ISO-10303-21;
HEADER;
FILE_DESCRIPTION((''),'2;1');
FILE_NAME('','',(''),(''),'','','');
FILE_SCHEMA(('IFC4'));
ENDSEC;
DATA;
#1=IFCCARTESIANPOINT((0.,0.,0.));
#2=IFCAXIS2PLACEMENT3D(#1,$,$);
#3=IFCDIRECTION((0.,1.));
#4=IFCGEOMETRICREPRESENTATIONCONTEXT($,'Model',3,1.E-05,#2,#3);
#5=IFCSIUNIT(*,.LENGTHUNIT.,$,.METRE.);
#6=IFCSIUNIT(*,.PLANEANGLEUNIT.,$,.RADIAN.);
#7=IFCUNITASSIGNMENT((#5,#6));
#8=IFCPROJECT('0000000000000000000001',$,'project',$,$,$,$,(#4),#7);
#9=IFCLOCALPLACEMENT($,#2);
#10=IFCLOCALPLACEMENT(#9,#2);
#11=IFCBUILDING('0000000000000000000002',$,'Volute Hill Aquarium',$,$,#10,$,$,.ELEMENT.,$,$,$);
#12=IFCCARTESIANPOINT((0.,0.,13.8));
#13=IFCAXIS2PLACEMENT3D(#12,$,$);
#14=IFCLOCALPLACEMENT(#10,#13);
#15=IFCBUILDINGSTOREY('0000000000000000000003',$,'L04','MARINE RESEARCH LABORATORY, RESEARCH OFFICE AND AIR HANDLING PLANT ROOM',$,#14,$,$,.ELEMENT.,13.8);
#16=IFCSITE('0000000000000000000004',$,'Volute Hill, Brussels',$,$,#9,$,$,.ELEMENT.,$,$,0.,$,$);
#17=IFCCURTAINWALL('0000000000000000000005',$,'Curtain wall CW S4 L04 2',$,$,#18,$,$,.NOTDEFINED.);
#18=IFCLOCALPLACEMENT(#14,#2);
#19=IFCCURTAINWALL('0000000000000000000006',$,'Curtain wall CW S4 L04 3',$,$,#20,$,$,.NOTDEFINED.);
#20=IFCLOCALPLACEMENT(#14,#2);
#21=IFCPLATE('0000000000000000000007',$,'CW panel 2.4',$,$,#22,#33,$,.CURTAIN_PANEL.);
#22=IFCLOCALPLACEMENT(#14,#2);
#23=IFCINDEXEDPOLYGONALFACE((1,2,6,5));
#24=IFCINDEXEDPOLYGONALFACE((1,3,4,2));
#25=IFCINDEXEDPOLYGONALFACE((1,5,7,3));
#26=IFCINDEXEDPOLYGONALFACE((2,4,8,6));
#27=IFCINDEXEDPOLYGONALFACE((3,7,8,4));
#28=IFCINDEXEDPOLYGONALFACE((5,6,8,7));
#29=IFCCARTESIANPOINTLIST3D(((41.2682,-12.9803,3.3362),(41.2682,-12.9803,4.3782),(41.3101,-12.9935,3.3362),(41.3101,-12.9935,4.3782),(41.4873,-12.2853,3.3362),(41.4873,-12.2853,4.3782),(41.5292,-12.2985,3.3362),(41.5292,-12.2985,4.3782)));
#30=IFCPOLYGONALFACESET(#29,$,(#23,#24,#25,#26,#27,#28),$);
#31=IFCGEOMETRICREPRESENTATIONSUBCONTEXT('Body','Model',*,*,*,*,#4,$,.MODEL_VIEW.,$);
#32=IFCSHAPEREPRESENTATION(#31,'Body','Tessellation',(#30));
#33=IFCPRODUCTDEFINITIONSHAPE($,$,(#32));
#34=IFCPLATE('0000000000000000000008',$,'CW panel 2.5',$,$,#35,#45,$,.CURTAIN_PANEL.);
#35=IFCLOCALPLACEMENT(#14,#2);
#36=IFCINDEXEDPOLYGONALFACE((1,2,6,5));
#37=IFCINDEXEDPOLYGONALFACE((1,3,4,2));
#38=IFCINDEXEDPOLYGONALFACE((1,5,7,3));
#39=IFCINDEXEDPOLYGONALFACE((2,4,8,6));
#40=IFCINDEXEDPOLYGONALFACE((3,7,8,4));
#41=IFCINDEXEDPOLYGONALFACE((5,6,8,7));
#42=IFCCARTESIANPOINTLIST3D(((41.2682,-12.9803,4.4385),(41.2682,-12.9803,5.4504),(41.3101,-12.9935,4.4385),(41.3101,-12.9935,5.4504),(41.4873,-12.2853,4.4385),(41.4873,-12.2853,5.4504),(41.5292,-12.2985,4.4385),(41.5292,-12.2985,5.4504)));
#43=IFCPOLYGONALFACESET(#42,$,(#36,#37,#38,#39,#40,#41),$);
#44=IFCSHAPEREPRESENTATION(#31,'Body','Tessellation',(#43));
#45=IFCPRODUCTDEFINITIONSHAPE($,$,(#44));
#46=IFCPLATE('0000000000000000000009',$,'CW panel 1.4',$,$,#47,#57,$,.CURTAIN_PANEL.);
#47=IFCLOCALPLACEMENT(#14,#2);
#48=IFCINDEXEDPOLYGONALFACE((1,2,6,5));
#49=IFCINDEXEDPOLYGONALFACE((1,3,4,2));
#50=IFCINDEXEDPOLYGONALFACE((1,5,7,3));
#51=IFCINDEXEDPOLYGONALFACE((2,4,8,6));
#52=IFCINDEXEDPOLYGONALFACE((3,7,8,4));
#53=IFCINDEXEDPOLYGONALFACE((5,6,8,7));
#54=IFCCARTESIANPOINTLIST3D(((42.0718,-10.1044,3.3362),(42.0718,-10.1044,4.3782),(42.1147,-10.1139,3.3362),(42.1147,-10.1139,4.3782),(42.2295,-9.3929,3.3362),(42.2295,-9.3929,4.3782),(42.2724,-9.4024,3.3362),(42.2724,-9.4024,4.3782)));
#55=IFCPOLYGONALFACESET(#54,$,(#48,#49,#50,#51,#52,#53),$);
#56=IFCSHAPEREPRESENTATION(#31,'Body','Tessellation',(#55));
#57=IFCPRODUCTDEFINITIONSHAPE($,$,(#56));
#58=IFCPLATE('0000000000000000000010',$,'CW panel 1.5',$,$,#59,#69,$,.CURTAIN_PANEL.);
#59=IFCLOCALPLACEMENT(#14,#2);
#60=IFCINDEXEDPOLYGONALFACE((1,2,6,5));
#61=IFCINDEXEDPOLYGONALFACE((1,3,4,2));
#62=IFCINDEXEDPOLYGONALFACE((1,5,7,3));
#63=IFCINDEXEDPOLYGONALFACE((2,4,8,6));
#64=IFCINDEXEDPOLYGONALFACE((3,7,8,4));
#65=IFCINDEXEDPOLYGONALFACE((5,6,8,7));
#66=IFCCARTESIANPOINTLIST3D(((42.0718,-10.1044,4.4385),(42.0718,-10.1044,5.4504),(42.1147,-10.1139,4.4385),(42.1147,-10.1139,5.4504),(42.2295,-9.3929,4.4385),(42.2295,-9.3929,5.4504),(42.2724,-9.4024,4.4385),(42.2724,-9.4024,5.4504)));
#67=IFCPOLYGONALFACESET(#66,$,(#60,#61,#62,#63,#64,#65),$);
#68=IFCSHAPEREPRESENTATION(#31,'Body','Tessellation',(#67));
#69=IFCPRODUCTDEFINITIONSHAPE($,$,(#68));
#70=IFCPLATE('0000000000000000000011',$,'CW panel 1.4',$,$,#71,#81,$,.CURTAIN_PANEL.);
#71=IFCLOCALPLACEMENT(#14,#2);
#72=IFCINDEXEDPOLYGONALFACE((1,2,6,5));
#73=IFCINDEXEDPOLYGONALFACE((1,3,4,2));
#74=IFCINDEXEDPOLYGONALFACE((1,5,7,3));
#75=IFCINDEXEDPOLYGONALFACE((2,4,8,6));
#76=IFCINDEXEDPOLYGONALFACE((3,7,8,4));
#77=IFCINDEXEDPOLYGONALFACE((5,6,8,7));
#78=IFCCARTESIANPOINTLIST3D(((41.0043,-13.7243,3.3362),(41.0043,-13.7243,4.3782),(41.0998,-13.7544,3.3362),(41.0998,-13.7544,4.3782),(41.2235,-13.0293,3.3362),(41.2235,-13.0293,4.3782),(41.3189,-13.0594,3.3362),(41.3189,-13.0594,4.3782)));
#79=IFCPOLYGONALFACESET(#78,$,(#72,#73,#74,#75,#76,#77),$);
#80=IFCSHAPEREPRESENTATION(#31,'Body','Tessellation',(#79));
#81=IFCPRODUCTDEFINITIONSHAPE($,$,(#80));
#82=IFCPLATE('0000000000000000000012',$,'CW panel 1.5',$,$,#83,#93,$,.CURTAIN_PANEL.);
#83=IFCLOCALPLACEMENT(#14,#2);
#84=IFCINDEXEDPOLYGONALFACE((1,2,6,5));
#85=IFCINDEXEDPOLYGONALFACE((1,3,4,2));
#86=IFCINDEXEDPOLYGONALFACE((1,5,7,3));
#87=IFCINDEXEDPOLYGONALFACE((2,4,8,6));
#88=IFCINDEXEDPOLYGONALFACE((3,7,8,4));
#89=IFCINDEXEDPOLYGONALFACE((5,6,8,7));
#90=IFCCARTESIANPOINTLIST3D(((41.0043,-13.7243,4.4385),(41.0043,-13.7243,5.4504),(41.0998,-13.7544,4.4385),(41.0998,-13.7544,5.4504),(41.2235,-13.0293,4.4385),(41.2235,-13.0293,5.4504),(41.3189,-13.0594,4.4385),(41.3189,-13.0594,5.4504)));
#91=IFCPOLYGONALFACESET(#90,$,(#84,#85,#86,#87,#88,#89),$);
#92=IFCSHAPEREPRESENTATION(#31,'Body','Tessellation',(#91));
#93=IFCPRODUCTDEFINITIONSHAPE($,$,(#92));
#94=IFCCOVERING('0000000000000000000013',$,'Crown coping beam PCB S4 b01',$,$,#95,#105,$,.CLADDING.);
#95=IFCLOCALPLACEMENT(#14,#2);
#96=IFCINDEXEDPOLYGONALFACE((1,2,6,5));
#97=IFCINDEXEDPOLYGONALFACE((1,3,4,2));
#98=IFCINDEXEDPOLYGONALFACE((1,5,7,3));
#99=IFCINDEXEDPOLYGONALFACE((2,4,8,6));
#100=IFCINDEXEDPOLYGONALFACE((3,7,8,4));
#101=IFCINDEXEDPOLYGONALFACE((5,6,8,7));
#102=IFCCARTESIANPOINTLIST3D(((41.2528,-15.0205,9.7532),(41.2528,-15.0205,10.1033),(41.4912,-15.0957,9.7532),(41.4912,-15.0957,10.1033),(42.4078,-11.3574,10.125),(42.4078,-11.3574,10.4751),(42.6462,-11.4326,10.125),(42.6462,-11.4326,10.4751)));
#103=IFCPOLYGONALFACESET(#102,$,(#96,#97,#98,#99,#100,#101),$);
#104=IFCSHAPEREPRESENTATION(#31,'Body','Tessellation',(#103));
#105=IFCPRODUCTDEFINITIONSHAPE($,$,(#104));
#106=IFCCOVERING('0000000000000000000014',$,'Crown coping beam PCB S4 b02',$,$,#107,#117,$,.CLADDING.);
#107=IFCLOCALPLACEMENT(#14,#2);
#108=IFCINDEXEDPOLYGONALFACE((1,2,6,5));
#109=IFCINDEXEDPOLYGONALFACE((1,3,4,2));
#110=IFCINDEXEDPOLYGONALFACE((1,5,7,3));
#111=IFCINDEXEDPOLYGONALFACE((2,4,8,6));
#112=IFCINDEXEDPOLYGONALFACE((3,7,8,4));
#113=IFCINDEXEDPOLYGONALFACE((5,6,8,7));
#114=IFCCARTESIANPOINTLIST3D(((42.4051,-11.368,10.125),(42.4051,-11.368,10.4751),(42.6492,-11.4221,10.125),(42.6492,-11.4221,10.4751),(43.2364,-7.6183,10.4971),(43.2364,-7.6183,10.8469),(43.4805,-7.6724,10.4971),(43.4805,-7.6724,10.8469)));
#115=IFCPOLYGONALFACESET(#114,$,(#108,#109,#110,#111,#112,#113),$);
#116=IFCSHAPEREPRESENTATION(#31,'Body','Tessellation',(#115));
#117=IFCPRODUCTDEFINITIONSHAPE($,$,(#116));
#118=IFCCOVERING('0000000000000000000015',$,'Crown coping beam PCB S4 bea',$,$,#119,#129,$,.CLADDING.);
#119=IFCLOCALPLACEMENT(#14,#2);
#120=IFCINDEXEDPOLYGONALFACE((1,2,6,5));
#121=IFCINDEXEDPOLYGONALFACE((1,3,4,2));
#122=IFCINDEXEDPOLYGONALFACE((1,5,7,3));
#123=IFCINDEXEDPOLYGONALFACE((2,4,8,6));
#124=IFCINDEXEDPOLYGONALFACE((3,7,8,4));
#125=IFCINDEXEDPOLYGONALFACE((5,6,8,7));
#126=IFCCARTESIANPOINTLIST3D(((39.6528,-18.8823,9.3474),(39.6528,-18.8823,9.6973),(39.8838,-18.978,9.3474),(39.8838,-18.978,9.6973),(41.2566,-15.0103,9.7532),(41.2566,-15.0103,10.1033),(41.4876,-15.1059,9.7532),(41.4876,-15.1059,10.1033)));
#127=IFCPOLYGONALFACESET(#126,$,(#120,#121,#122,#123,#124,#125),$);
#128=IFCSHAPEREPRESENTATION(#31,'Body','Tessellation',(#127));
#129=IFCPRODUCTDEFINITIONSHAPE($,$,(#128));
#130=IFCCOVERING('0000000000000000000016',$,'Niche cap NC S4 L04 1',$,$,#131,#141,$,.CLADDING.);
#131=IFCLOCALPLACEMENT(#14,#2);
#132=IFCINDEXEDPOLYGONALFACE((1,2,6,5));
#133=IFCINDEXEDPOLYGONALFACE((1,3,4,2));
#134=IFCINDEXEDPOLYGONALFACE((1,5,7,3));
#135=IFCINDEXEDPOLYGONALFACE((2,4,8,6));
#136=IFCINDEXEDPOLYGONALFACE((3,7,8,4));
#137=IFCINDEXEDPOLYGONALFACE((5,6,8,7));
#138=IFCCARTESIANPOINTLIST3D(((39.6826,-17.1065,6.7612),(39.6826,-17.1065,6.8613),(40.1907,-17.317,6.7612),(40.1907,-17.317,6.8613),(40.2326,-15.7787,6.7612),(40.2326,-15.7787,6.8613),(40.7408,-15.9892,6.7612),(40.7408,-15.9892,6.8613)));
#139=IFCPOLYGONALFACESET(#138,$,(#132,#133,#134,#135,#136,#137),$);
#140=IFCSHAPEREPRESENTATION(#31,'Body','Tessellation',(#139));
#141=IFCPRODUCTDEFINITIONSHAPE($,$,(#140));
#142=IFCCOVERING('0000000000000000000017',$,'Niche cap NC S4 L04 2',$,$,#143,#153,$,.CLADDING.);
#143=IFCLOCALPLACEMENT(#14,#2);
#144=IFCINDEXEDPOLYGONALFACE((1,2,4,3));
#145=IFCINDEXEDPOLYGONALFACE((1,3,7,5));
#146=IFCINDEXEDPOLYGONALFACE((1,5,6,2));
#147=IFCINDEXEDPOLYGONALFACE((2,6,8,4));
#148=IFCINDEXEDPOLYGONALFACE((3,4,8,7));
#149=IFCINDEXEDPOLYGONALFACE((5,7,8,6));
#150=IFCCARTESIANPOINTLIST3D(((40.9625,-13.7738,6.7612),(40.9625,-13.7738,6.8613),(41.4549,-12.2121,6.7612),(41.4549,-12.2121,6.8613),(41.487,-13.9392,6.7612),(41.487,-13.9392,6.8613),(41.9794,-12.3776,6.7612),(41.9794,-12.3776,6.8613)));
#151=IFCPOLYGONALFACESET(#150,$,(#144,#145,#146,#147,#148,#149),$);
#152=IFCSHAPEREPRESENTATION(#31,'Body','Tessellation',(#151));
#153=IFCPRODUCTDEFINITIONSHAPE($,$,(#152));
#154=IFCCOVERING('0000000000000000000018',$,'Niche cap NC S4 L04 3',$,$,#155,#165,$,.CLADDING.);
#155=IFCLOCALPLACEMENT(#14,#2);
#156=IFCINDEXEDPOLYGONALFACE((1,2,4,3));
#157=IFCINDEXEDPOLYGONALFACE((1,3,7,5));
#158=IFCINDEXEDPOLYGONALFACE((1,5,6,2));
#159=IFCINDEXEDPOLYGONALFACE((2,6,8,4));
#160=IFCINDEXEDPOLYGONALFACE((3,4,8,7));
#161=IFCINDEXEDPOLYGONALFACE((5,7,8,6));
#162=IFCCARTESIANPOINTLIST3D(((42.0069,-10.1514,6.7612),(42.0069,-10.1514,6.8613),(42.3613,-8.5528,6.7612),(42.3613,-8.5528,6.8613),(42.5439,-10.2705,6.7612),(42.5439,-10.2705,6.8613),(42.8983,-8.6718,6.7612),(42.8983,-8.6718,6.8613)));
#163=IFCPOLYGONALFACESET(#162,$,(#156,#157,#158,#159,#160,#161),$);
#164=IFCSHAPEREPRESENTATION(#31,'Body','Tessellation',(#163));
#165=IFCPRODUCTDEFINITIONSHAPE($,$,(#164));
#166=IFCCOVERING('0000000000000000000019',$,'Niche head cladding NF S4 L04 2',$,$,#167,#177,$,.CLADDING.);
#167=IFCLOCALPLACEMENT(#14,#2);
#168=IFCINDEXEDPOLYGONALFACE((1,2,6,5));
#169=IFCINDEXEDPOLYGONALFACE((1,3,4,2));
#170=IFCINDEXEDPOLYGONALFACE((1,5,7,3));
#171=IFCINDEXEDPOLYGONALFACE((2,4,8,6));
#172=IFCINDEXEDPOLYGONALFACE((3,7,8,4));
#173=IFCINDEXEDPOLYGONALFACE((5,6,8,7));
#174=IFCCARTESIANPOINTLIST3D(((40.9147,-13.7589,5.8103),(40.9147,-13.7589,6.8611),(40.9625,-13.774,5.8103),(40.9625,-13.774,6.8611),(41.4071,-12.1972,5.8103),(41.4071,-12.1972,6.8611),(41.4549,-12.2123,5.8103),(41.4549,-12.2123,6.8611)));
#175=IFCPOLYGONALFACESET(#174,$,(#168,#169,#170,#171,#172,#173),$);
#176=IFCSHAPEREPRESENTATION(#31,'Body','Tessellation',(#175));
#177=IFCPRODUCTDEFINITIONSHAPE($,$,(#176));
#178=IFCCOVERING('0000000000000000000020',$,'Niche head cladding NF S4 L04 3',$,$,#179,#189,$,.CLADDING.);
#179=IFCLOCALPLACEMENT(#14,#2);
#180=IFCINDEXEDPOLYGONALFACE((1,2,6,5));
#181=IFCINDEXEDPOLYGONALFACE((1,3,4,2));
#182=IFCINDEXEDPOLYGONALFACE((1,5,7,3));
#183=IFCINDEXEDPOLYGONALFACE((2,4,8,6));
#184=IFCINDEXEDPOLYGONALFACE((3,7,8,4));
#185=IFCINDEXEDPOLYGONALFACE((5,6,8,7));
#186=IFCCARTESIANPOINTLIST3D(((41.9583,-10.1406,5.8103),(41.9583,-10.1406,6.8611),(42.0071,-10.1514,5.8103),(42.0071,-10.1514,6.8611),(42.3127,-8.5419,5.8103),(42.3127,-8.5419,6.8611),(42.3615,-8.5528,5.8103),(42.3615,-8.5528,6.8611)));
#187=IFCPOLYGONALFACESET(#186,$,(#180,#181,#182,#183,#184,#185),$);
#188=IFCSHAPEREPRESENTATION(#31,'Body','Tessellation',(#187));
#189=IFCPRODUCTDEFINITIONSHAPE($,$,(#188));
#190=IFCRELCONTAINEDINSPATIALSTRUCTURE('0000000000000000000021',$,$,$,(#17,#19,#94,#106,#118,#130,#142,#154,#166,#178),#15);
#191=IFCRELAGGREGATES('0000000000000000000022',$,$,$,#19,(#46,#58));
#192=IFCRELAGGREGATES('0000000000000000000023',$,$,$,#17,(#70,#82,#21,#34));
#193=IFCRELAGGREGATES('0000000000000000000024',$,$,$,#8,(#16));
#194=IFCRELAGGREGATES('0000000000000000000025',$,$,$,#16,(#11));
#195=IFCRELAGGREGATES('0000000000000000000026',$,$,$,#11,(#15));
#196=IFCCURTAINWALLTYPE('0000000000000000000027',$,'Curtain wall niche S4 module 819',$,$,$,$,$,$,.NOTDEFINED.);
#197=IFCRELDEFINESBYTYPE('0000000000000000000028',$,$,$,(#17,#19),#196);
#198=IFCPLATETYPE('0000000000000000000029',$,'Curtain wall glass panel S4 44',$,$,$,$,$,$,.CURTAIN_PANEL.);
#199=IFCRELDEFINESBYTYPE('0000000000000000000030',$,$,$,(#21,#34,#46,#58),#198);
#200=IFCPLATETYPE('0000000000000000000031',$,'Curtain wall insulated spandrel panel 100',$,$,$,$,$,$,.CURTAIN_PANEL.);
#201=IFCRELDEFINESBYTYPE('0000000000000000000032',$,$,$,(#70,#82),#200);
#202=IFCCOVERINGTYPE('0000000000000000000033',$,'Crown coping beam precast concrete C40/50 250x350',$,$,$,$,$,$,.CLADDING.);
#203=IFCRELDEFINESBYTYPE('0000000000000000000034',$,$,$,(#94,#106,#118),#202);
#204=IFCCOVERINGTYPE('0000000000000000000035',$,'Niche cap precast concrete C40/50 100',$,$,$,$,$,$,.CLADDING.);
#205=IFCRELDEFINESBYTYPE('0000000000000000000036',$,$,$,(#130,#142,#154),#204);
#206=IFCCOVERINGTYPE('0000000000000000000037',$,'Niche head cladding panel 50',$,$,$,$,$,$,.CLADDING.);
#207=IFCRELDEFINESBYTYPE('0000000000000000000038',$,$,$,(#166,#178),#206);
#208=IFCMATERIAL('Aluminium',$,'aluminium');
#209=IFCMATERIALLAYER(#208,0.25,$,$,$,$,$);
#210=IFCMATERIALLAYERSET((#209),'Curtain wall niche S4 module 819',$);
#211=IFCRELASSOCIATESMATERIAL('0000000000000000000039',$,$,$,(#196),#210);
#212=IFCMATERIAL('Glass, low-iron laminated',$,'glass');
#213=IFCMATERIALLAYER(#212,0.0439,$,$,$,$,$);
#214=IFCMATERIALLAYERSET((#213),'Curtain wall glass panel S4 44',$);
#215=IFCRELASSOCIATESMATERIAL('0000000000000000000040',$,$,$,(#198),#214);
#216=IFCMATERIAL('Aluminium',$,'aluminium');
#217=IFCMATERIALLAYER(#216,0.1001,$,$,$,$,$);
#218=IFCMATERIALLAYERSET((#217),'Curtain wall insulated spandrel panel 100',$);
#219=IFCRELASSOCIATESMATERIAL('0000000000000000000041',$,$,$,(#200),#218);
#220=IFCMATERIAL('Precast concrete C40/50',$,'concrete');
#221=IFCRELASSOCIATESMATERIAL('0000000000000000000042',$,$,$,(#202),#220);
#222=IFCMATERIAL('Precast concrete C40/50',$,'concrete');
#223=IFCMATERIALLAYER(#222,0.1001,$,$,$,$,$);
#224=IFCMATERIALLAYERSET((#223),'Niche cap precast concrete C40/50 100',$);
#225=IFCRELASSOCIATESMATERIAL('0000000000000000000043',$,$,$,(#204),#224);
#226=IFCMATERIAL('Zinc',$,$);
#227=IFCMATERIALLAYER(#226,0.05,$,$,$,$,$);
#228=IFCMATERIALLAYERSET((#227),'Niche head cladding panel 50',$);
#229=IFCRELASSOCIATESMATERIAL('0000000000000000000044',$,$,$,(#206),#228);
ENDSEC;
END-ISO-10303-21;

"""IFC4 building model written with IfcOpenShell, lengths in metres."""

from ifc_helpers import new_model, si_unit, direction, frame, origin, origin_2d, place, context, subcontext, project, spatial, polyline, rectangle, outline, extrude, material, layer, layer_set, type_object, element, aggregate, save


model = new_model("IFC4")

# Units and contexts
model_context = context("Model", 3, precision=1e-05, world=origin(), true_north=direction((0.0, 1.0)))
body_context = subcontext(model_context, "Body", "Model", "MODEL_VIEW")
ifc_project = project(units=[si_unit("LENGTHUNIT", "METRE"), si_unit("PLANEANGLEUNIT", "RADIAN")], contexts=[model_context])

# Site, building, storey
site_placement = place(None, origin())
site = spatial("IfcSite", under=ifc_project, at=site_placement, Name="Volute Hill, Brussels", CompositionType="ELEMENT", RefElevation=0.0)
building_placement = place(site_placement, origin())
building = spatial("IfcBuilding", under=site, at=building_placement, Name="Volute Hill Aquarium", CompositionType="ELEMENT")
storey_placement = place(building_placement, frame((0.0, 0.0, 13.8)))
storey = spatial("IfcBuildingStorey", under=building, at=storey_placement, Name="L04", Description="MARINE RESEARCH LABORATORY, RESEARCH OFFICE AND AIR HANDLING PLANT ROOM", CompositionType="ELEMENT", Elevation=13.8)

# Curtain walls
ifc_material_1 = material(Name="Aluminium", Category="aluminium")
ifc_layer_1 = layer(ifc_material_1, 0.25)
ifc_layer_set_1 = layer_set([ifc_layer_1], Name="Curtain wall niche S4 module 819")
curtain_wall_type_1 = type_object("IfcCurtainWallType", Name="Curtain wall niche S4 module 819", PredefinedType="NOTDEFINED", material=ifc_layer_set_1)
curtain_wall_1_placement = place(storey_placement, origin())
curtain_wall_1 = element("IfcCurtainWall", 1, at=curtain_wall_1_placement, inside=storey, type_object=curtain_wall_type_1, Name="Curtain wall CW S4 L04 2", PredefinedType="NOTDEFINED")
curtain_wall_2_placement = place(storey_placement, origin())
curtain_wall_2 = element("IfcCurtainWall", 2, at=curtain_wall_2_placement, inside=storey, type_object=curtain_wall_type_1, Name="Curtain wall CW S4 L04 3", PredefinedType="NOTDEFINED")

# Shared definitions
ifc_material_2 = material(Name="Glass, low-iron laminated", Category="glass")
ifc_layer_2 = layer(ifc_material_2, 0.0439)
ifc_layer_set_2 = layer_set([ifc_layer_2], Name="Curtain wall glass panel S4 44")
plate_type_1 = type_object("IfcPlateType", Name="Curtain wall glass panel S4 44", PredefinedType="CURTAIN_PANEL", material=ifc_layer_set_2)

# Plates
plate_1_placement = place(storey_placement, frame((41.3987, -12.6394, 3.3362), z_axis=(0.0, 0.0, 1.0), x_axis=(0.30071, 0.953716, 0.0)))
plate_1 = element("IfcPlate", 3, at=plate_1_placement, type_object=plate_type_1, Name="CW panel 2.4", PredefinedType="CURTAIN_PANEL", context=body_context, shape_type="SweptSolid", body=[
    extrude(rectangle(XDim=0.7288, YDim=0.0439, at=origin_2d()), origin(), (0.0, 0.0, 1.0), 1.042),
])
plate_2_placement = place(storey_placement, frame((41.3987, -12.6394, 4.4385), z_axis=(0.0, 0.0, 1.0), x_axis=(0.30071, 0.953716, 0.0)))
plate_2 = element("IfcPlate", 4, at=plate_2_placement, type_object=plate_type_1, Name="CW panel 2.5", PredefinedType="CURTAIN_PANEL", context=body_context, shape_type="SweptSolid", body=[
    extrude(rectangle(XDim=0.7288, YDim=0.0439, at=origin_2d()), origin(), (0.0, 0.0, 1.0), 1.012),
])
plate_3_placement = place(storey_placement, frame((42.1721, -9.7534, 3.3362), z_axis=(0.0, 0.0, 1.0), x_axis=(0.216432, 0.976298, 0.0)))
plate_3 = element("IfcPlate", 5, at=plate_3_placement, type_object=plate_type_1, Name="CW panel 1.4", PredefinedType="CURTAIN_PANEL", context=body_context, shape_type="SweptSolid", body=[
    extrude(rectangle(XDim=0.7288, YDim=0.0439, at=origin_2d()), origin(), (0.0, 0.0, 1.0), 1.042),
])
plate_4_placement = place(storey_placement, frame((42.1721, -9.7534, 4.4385), z_axis=(0.0, 0.0, 1.0), x_axis=(0.216432, 0.976298, 0.0)))
plate_4 = element("IfcPlate", 6, at=plate_4_placement, type_object=plate_type_1, Name="CW panel 1.5", PredefinedType="CURTAIN_PANEL", context=body_context, shape_type="SweptSolid", body=[
    extrude(rectangle(XDim=0.7288, YDim=0.0439, at=origin_2d()), origin(), (0.0, 0.0, 1.0), 1.012),
])
aggregate(curtain_wall_2, [plate_3, plate_4])
ifc_material_3 = material(Name="Aluminium", Category="aluminium")
ifc_layer_3 = layer(ifc_material_3, 0.1001)
ifc_layer_set_3 = layer_set([ifc_layer_3], Name="Curtain wall insulated spandrel panel 100")
plate_type_2 = type_object("IfcPlateType", Name="Curtain wall insulated spandrel panel 100", PredefinedType="CURTAIN_PANEL", material=ifc_layer_set_3)
plate_5_placement = place(storey_placement, frame((41.1616, -13.3918, 3.3362), z_axis=(0.0, 0.0, 1.0), x_axis=(0.30071, 0.953716, 0.0)))
plate_5 = element("IfcPlate", 7, at=plate_5_placement, type_object=plate_type_2, Name="CW panel 1.4", PredefinedType="CURTAIN_PANEL", context=body_context, shape_type="SweptSolid", body=[
    extrude(rectangle(XDim=0.7288, YDim=0.1001, at=origin_2d()), origin(), (0.0, 0.0, 1.0), 1.042),
])
plate_6_placement = place(storey_placement, frame((41.1616, -13.3918, 4.4385), z_axis=(0.0, 0.0, 1.0), x_axis=(0.30071, 0.953716, 0.0)))
plate_6 = element("IfcPlate", 8, at=plate_6_placement, type_object=plate_type_2, Name="CW panel 1.5", PredefinedType="CURTAIN_PANEL", context=body_context, shape_type="SweptSolid", body=[
    extrude(rectangle(XDim=0.7288, YDim=0.1001, at=origin_2d()), origin(), (0.0, 0.0, 1.0), 1.012),
])
aggregate(curtain_wall_1, [plate_5, plate_6, plate_1, plate_2])

# Coverings
ifc_material_4 = material(Name="Precast concrete C40/50", Category="concrete")
covering_type_1 = type_object("IfcCoveringType", Name="Crown coping beam precast concrete C40/50 250x350", PredefinedType="CLADDING", material=ifc_material_4)
covering_1_placement = place(storey_placement, frame((41.4912, -15.0957, 9.7532), z_axis=(0.953712, -0.300721, 0.0), x_axis=(0.299321, 0.949274, 0.096357)))
element("IfcCovering", 9, at=covering_1_placement, inside=storey, type_object=covering_type_1, Name="Crown coping beam PCB S4 b01", PredefinedType="CLADDING", context=body_context, shape_type="SweptSolid", body=[
    extrude(outline(polyline([(0.0, 0.0), (3.8588, 0.0), (3.8926, 0.3485), (0.0337, 0.3485), (0.0, 0.0)])), origin(), (0.0, 0.0, -1.0), 0.25),
])
covering_2_placement = place(storey_placement, frame((42.6492, -11.4221, 10.125), z_axis=(0.976296, -0.216439, 0.0), x_axis=(0.215431, 0.971747, 0.096422)))
element("IfcCovering", 10, at=covering_2_placement, inside=storey, type_object=covering_type_1, Name="Crown coping beam PCB S4 b02", PredefinedType="CLADDING", context=body_context, shape_type="SweptSolid", body=[
    extrude(outline(polyline([(0.0, 0.0), (3.8588, 0.0), (3.8925, 0.3482), (0.0338, 0.3485), (0.0, 0.0)])), origin(), (0.0, 0.0, -1.0), 0.25),
])
covering_3_placement = place(storey_placement, frame((41.2566, -15.0103, 9.7532), z_axis=(-0.923888, 0.382662, 0.0), x_axis=(-0.380881, -0.919589, -0.096365)))
element("IfcCovering", 11, at=covering_3_placement, inside=storey, type_object=covering_type_1, Name="Crown coping beam PCB S4 bea", PredefinedType="CLADDING", context=body_context, shape_type="SweptSolid", body=[
    extrude(outline(polyline([(0.0, 0.0), (4.2107, 0.0), (4.1769, 0.3482), (-0.0337, 0.3485), (0.0, 0.0)])), origin(), (0.0, 0.0, -1.0), 0.25),
])
ifc_material_5 = material(Name="Precast concrete C40/50", Category="concrete")
ifc_layer_4 = layer(ifc_material_5, 0.1001)
ifc_layer_set_4 = layer_set([ifc_layer_4], Name="Niche cap precast concrete C40/50 100")
covering_type_2 = type_object("IfcCoveringType", Name="Niche cap precast concrete C40/50 100", PredefinedType="CLADDING", material=ifc_layer_set_4)
covering_4_placement = place(storey_placement, frame((40.2117, -16.5479, 6.7612), z_axis=(0.0, 0.0, 1.0), x_axis=(0.382696, 0.923874, 0.0)))
element("IfcCovering", 12, at=covering_4_placement, inside=storey, type_object=covering_type_2, Name="Niche cap NC S4 L04 1", PredefinedType="CLADDING", context=body_context, shape_type="SweptSolid", body=[
    extrude(rectangle(XDim=1.4373, YDim=0.55, at=origin_2d()), origin(), (0.0, 0.0, 1.0), 0.1001),
])
for number, where, z_axis, x_axis, name in (
    (13, (41.4709, -13.0757, 6.7612), (0.0, 0.0, 1.0), (0.300713, 0.953715, 0.0), "Niche cap NC S4 L04 2"),
    (14, (42.4526, -9.4116, 6.7612), (0.0, 0.0, 1.0), (0.216436, 0.976297, 0.0), "Niche cap NC S4 L04 3"),
):
    element("IfcCovering", number, at=place(storey_placement, frame(where, z_axis=z_axis, x_axis=x_axis)), inside=storey, type_object=covering_type_2, Name=name, PredefinedType="CLADDING", context=body_context, shape_type="SweptSolid", body=[
        extrude(rectangle(XDim=1.6375, YDim=0.55, at=origin_2d()), origin(), (0.0, 0.0, 1.0), 0.1001),
    ])
ifc_material_6 = material(Name="Zinc")
ifc_layer_5 = layer(ifc_material_6, 0.05)
ifc_layer_set_5 = layer_set([ifc_layer_5], Name="Niche head cladding panel 50")
covering_type_3 = type_object("IfcCoveringType", Name="Niche head cladding panel 50", PredefinedType="CLADDING", material=ifc_layer_set_5)
for number, where, z_axis, x_axis, name in (
    (15, (41.1848, -12.9856, 5.8103), (0.0, 0.0, 1.0), (0.300713, 0.953715, 0.0), "Niche head cladding NF S4 L04 2"),
    (16, (42.1599, -9.3467, 5.8103), (0.0, 0.0, 1.0), (0.216436, 0.976297, 0.0), "Niche head cladding NF S4 L04 3"),
):
    element("IfcCovering", number, at=place(storey_placement, frame(where, z_axis=z_axis, x_axis=x_axis)), inside=storey, type_object=covering_type_3, Name=name, PredefinedType="CLADDING", context=body_context, shape_type="SweptSolid", body=[
        extrude(rectangle(XDim=1.6375, YDim=0.05, at=origin_2d()), origin(), (0.0, 0.0, 1.0), 1.0508),
    ])

save(model, "model.ifc")
